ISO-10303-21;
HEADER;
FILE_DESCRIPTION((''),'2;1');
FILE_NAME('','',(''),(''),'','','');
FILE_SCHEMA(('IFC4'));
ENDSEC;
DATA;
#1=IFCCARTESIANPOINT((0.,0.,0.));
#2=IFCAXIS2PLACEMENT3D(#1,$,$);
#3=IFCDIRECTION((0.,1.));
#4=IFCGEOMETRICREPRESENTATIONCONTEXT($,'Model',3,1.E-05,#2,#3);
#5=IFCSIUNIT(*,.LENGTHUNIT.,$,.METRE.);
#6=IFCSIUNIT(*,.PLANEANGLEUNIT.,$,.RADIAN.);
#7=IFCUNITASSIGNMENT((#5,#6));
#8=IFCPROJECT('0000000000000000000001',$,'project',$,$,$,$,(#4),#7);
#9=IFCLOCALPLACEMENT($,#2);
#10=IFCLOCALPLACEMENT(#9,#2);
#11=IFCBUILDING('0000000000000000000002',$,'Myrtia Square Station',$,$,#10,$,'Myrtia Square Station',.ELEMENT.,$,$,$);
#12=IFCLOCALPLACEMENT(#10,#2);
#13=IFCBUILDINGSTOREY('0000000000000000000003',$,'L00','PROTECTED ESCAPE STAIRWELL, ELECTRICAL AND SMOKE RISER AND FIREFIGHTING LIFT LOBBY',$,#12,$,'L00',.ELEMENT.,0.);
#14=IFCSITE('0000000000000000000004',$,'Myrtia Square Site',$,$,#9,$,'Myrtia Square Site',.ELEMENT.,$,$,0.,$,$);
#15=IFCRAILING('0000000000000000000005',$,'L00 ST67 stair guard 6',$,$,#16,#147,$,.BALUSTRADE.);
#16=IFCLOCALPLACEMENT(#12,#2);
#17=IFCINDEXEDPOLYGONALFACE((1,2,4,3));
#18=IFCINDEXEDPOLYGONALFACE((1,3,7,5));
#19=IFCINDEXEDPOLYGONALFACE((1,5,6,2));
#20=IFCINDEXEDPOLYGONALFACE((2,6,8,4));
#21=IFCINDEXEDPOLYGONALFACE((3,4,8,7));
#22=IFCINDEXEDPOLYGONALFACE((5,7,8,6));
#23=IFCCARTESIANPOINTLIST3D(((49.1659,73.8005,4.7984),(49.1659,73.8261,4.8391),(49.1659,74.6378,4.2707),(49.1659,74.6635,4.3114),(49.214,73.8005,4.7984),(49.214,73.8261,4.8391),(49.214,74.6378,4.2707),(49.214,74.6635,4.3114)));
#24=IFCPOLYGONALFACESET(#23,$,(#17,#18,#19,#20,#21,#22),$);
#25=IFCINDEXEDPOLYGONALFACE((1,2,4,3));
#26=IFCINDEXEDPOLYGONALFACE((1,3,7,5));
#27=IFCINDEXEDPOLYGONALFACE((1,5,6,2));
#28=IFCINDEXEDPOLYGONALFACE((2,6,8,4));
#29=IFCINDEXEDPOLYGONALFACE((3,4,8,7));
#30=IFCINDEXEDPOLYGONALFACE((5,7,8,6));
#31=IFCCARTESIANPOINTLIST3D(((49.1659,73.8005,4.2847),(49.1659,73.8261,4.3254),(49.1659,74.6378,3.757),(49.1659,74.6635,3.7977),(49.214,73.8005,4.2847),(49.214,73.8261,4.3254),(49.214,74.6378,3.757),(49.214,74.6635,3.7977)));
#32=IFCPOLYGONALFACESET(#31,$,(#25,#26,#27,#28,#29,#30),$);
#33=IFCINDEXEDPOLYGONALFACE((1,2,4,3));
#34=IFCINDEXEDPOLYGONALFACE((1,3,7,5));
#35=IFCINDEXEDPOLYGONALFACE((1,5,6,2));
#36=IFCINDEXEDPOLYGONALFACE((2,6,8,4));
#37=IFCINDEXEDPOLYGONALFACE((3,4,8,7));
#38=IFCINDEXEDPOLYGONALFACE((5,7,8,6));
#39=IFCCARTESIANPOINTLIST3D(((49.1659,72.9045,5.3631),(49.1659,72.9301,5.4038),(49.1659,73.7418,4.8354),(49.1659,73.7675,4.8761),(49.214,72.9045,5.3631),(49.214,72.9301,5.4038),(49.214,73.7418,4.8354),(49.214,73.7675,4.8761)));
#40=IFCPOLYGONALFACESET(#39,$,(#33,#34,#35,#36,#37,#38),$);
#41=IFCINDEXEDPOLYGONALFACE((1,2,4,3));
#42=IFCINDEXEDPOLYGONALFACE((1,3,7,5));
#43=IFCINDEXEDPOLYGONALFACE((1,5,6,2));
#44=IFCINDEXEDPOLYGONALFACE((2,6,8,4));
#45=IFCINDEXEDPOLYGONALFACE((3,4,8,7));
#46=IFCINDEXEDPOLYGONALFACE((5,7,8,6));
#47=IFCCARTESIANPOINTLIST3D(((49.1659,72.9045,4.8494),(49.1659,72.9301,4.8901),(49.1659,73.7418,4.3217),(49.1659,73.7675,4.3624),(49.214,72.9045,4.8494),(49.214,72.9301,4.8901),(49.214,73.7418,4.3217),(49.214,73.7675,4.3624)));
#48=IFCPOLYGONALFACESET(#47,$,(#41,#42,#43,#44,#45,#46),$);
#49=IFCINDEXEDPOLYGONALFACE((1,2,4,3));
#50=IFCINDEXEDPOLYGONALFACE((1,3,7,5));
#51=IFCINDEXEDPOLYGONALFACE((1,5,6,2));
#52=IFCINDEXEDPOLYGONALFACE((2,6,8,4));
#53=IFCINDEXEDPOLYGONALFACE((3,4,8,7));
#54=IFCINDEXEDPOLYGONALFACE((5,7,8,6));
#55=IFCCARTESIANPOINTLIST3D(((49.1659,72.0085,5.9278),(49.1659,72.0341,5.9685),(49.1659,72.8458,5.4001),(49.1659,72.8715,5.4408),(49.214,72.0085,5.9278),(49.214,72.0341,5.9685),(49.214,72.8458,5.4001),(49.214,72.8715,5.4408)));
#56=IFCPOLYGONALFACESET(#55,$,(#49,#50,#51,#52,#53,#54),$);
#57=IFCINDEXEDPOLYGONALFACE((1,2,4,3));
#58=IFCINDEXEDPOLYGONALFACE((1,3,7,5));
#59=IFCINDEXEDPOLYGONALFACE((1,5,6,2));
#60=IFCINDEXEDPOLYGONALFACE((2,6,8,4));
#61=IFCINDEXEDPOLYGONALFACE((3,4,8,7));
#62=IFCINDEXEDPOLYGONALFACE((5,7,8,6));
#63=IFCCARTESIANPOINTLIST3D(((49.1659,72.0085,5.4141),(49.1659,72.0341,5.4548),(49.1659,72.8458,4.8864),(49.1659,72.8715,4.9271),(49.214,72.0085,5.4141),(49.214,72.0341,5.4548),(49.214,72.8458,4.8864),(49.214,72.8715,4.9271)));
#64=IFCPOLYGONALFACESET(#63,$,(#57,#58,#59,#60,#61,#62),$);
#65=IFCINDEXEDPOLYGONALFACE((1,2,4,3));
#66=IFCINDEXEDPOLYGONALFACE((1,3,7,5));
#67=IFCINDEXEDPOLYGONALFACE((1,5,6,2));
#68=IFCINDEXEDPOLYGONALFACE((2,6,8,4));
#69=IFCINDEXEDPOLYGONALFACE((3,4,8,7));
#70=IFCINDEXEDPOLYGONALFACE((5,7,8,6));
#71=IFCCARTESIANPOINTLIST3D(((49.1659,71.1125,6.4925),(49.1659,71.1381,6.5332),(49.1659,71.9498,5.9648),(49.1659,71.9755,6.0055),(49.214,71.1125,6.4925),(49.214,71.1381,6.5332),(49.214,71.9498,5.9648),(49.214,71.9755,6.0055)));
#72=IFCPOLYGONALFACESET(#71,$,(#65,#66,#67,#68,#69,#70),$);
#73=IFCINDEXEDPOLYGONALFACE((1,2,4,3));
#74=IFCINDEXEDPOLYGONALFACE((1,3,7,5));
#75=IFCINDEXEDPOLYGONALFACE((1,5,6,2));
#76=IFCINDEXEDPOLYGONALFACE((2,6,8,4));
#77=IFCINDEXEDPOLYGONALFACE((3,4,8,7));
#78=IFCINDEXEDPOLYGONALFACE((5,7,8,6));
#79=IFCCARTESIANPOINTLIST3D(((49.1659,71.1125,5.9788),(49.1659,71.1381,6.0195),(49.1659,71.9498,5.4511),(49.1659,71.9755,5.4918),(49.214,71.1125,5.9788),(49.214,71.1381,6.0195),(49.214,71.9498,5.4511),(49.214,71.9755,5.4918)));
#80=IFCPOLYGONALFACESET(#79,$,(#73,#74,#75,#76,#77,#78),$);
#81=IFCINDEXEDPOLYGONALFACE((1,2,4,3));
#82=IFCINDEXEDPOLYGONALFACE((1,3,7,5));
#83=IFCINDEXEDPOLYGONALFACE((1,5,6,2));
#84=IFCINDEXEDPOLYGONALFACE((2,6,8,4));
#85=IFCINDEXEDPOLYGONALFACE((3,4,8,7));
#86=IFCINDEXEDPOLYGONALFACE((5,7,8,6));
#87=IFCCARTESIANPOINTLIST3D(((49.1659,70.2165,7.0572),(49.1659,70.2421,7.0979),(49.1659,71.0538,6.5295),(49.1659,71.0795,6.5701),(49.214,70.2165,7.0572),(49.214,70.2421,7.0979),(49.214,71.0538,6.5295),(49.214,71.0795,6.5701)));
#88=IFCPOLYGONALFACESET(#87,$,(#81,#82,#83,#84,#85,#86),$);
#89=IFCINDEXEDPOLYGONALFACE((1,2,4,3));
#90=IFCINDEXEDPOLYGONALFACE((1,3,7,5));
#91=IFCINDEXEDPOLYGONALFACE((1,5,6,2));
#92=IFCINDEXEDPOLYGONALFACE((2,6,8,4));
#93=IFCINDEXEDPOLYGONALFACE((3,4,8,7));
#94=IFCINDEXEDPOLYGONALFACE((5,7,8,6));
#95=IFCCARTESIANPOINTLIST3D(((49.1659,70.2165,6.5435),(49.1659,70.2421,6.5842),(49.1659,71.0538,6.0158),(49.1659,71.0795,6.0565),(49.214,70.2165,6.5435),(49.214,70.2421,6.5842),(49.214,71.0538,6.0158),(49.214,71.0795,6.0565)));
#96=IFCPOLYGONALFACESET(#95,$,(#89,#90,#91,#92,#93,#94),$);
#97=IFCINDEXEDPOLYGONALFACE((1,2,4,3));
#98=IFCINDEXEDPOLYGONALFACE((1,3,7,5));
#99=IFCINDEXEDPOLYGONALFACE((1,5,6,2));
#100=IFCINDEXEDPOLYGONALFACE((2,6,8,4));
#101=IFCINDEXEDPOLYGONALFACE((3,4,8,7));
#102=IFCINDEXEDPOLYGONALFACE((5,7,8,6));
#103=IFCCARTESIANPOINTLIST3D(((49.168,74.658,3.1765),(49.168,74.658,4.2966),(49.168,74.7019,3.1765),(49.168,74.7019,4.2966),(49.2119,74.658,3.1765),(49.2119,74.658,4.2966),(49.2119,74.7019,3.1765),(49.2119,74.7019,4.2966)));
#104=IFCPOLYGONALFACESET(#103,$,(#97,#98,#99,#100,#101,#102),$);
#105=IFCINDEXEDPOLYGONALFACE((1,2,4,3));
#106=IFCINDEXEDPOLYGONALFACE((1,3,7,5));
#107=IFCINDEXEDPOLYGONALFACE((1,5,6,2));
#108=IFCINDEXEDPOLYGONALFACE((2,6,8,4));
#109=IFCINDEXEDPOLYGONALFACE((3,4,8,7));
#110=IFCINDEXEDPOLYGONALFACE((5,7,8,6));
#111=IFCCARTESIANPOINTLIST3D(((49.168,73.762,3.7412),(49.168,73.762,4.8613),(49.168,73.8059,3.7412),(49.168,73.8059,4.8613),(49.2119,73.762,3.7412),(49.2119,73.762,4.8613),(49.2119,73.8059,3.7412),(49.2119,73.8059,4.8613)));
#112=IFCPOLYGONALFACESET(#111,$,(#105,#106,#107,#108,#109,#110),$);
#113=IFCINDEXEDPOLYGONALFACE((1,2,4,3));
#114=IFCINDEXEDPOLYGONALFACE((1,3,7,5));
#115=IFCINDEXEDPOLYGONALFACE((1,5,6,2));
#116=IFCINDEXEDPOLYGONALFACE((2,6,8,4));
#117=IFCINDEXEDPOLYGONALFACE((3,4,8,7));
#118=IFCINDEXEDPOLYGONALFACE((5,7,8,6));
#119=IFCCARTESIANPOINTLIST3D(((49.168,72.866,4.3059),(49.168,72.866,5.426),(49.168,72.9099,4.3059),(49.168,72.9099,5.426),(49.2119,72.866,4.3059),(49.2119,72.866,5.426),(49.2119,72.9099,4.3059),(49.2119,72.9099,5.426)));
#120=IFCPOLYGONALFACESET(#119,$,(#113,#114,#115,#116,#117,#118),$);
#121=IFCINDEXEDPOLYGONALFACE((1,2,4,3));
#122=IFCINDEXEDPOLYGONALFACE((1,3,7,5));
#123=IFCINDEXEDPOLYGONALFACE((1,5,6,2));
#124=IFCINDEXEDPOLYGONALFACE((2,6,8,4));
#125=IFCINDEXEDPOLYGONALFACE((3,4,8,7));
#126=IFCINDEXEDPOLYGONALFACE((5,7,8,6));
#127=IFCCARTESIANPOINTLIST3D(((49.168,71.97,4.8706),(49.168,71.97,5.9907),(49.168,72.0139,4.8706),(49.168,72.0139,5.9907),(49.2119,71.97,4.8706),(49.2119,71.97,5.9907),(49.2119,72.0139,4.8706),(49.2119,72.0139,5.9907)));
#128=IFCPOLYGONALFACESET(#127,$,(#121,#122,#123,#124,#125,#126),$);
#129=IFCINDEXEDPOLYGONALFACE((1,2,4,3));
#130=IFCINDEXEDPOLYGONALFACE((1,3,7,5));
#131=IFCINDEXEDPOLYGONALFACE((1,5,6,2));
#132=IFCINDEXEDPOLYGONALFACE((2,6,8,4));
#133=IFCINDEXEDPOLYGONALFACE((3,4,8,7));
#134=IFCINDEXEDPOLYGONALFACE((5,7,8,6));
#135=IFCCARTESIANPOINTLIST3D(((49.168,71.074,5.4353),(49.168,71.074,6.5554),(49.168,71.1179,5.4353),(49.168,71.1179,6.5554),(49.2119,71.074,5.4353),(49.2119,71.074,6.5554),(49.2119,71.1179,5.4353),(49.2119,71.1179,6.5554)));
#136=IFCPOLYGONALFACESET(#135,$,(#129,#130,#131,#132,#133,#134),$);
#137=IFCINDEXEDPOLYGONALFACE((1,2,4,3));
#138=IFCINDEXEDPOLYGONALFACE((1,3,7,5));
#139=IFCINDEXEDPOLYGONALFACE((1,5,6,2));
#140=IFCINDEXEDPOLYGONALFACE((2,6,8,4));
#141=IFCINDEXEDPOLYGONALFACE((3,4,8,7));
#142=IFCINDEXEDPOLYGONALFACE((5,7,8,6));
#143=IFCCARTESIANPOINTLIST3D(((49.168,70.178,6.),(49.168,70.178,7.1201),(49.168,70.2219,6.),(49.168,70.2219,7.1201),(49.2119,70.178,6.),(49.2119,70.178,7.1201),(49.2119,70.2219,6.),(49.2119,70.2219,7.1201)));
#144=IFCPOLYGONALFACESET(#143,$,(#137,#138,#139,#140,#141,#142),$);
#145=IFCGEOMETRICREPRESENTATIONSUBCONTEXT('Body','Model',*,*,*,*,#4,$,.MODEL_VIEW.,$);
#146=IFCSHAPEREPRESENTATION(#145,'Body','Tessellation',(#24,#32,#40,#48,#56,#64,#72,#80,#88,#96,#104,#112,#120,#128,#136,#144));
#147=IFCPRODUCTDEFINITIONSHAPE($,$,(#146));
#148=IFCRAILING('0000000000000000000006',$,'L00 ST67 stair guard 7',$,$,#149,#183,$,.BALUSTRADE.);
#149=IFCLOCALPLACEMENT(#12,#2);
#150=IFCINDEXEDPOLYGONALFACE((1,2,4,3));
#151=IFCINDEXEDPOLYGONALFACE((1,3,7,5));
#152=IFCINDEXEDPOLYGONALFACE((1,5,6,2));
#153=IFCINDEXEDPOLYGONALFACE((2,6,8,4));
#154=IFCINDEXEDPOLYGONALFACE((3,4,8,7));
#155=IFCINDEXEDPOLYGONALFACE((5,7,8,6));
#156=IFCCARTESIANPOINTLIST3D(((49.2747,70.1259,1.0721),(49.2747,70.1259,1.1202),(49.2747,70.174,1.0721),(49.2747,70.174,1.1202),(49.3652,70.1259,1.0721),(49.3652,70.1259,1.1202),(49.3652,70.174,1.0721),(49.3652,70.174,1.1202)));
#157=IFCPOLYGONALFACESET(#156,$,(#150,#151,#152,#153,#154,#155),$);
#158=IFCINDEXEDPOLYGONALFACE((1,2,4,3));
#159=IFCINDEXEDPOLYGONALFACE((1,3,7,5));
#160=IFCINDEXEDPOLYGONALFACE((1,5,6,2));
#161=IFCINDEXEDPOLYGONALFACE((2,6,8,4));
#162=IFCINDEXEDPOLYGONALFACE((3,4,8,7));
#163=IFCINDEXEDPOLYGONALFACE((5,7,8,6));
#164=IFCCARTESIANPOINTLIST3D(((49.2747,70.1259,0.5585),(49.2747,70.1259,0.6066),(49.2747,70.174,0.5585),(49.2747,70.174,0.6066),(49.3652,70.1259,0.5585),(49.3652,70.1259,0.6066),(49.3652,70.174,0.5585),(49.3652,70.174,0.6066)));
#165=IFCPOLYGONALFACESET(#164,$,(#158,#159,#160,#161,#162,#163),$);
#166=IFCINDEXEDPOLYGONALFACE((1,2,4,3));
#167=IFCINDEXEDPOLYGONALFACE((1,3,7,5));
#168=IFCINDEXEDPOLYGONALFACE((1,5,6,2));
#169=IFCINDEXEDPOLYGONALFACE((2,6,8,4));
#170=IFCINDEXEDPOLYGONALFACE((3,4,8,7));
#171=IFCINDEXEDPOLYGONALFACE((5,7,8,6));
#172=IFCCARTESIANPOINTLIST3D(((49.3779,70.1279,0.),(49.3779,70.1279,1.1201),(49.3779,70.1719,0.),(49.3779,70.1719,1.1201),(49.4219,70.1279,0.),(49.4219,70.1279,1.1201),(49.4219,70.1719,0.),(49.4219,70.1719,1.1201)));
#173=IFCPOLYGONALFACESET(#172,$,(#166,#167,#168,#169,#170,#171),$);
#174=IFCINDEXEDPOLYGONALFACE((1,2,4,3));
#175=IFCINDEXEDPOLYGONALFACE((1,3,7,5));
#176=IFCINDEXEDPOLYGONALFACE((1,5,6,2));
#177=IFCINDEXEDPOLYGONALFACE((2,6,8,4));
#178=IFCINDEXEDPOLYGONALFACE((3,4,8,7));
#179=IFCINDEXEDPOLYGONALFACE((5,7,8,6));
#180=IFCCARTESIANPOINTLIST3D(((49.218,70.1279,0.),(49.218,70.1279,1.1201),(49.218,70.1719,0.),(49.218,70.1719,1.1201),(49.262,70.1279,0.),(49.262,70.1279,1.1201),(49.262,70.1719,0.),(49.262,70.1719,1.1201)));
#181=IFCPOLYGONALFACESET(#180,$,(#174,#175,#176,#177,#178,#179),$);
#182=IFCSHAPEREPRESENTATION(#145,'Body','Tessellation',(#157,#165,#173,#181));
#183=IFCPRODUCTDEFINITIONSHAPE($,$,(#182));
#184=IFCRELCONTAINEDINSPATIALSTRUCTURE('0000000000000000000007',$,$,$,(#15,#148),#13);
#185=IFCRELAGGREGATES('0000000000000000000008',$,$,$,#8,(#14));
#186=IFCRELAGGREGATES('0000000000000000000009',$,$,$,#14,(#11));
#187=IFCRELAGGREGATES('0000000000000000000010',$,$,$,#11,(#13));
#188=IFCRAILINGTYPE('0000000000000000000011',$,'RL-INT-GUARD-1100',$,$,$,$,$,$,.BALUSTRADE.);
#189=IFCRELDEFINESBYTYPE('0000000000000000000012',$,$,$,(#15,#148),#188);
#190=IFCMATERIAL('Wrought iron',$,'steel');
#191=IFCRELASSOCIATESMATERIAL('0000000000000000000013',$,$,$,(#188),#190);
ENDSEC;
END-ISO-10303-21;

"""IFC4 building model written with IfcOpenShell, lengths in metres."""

from ifc_helpers import new_model, si_unit, direction, frame, origin, origin_2d, place, context, subcontext, project, spatial, rectangle, extrude, material, type_object, element, save


model = new_model("IFC4")

# Units and contexts
model_context = context("Model", 3, precision=1e-05, world=origin(), true_north=direction((0.0, 1.0)))
body_context = subcontext(model_context, "Body", "Model", "MODEL_VIEW")
ifc_project = project(units=[si_unit("LENGTHUNIT", "METRE"), si_unit("PLANEANGLEUNIT", "RADIAN")], contexts=[model_context])

# Site, building, storey
site_placement = place(None, origin())
site = spatial("IfcSite", under=ifc_project, at=site_placement, Name="Myrtia Square Site", LongName="Myrtia Square Site", CompositionType="ELEMENT", RefElevation=0.0)
building_placement = place(site_placement, origin())
building = spatial("IfcBuilding", under=site, at=building_placement, Name="Myrtia Square Station", LongName="Myrtia Square Station", CompositionType="ELEMENT")
storey_placement = place(building_placement, origin())
storey = spatial("IfcBuildingStorey", under=building, at=storey_placement, Name="L00", Description="PROTECTED ESCAPE STAIRWELL, ELECTRICAL AND SMOKE RISER AND FIREFIGHTING LIFT LOBBY", LongName="L00", CompositionType="ELEMENT", Elevation=0.0)

# Railings
ifc_material_1 = material(Name="Wrought iron", Category="steel")
railing_type_1 = type_object("IfcRailingType", Name="RL-INT-GUARD-1100", PredefinedType="BALUSTRADE", material=ifc_material_1)
railing_1_placement = place(storey_placement, frame((49.1899, 74.6799, 3.1765)))
element("IfcRailing", 1, at=railing_1_placement, inside=storey, type_object=railing_type_1, Name="L00 ST67 stair guard 6", PredefinedType="BALUSTRADE", context=body_context, shape_type="SweptSolid", body=[
    extrude(rectangle(XDim=0.0481, YDim=0.0481, at=origin_2d()), frame((0.0, -0.0293, 1.1145), z_axis=(0.0, -0.845998, 0.533186), x_axis=(1.0, 0.0, 0.0)), (0.0, 0.0, 1.0), 0.9897),
    extrude(rectangle(XDim=0.0481, YDim=0.0481, at=origin_2d()), frame((0.0, -0.0293, 0.6008), z_axis=(0.0, -0.845998, 0.533186), x_axis=(1.0, 0.0, 0.0)), (0.0, 0.0, 1.0), 0.9897),
    extrude(rectangle(XDim=0.0481, YDim=0.0481, at=origin_2d()), frame((0.0, -0.9253, 1.6792), z_axis=(0.0, -0.845998, 0.533186), x_axis=(1.0, 0.0, 0.0)), (0.0, 0.0, 1.0), 0.9897),
    extrude(rectangle(XDim=0.0481, YDim=0.0481, at=origin_2d()), frame((0.0, -0.9253, 1.1655), z_axis=(0.0, -0.845998, 0.533186), x_axis=(1.0, 0.0, 0.0)), (0.0, 0.0, 1.0), 0.9897),
    extrude(rectangle(XDim=0.0481, YDim=0.0481, at=origin_2d()), frame((0.0, -1.8213, 2.2439), z_axis=(0.0, -0.845998, 0.533186), x_axis=(1.0, 0.0, 0.0)), (0.0, 0.0, 1.0), 0.9897),
    extrude(rectangle(XDim=0.0481, YDim=0.0481, at=origin_2d()), frame((0.0, -1.8213, 1.7302), z_axis=(0.0, -0.845998, 0.533186), x_axis=(1.0, 0.0, 0.0)), (0.0, 0.0, 1.0), 0.9897),
    extrude(rectangle(XDim=0.0481, YDim=0.0481, at=origin_2d()), frame((0.0, -2.7173, 2.8086), z_axis=(0.0, -0.845998, 0.533186), x_axis=(1.0, 0.0, 0.0)), (0.0, 0.0, 1.0), 0.9897),
    extrude(rectangle(XDim=0.0481, YDim=0.0481, at=origin_2d()), frame((0.0, -2.7173, 2.2949), z_axis=(0.0, -0.845998, 0.533186), x_axis=(1.0, 0.0, 0.0)), (0.0, 0.0, 1.0), 0.9897),
    extrude(rectangle(XDim=0.0481, YDim=0.0481, at=origin_2d()), frame((0.0, -3.6133, 3.3733), z_axis=(0.0, -0.845998, 0.533186), x_axis=(1.0, 0.0, 0.0)), (0.0, 0.0, 1.0), 0.9897),
    extrude(rectangle(XDim=0.0481, YDim=0.0481, at=origin_2d()), frame((0.0, -3.6133, 2.8596), z_axis=(0.0, -0.845998, 0.533186), x_axis=(1.0, 0.0, 0.0)), (0.0, 0.0, 1.0), 0.9897),
    extrude(rectangle(XDim=0.0439, YDim=0.0439, at=origin_2d()), origin(), (0.0, 0.0, 1.0), 1.1201),
    extrude(rectangle(XDim=0.0439, YDim=0.0439, at=origin_2d()), frame((0.0, -0.896, 0.5647)), (0.0, 0.0, 1.0), 1.1201),
    extrude(rectangle(XDim=0.0439, YDim=0.0439, at=origin_2d()), frame((0.0, -1.792, 1.1294)), (0.0, 0.0, 1.0), 1.1201),
    extrude(rectangle(XDim=0.0439, YDim=0.0439, at=origin_2d()), frame((0.0, -2.688, 1.6941)), (0.0, 0.0, 1.0), 1.1201),
    extrude(rectangle(XDim=0.0439, YDim=0.0439, at=origin_2d()), frame((0.0, -3.584, 2.2588)), (0.0, 0.0, 1.0), 1.1201),
    extrude(rectangle(XDim=0.0439, YDim=0.0439, at=origin_2d()), frame((0.0, -4.48, 2.8235)), (0.0, 0.0, 1.0), 1.1201),
])
railing_2_placement = place(storey_placement, frame((49.3999, 70.1499, 0.0)))
element("IfcRailing", 2, at=railing_2_placement, inside=storey, type_object=railing_type_1, Name="L00 ST67 stair guard 7", PredefinedType="BALUSTRADE", context=body_context, shape_type="SweptSolid", body=[
    extrude(rectangle(XDim=0.0481, YDim=0.0481, at=origin_2d()), frame((-0.0347, 0.0, 1.0962), z_axis=(-1.0, 0.0, 0.0), x_axis=(0.0, -1.0, 0.0)), (0.0, 0.0, 1.0), 0.0906),
    extrude(rectangle(XDim=0.0481, YDim=0.0481, at=origin_2d()), frame((-0.0347, 0.0, 0.5825), z_axis=(-1.0, 0.0, 0.0), x_axis=(0.0, -1.0, 0.0)), (0.0, 0.0, 1.0), 0.0906),
    extrude(rectangle(XDim=0.0439, YDim=0.0439, at=origin_2d()), origin(), (0.0, 0.0, 1.0), 1.1201),
    extrude(rectangle(XDim=0.0439, YDim=0.0439, at=origin_2d()), frame((-0.1599, 0.0, 0.0)), (0.0, 0.0, 1.0), 1.1201),
])

save(model, "model.ifc")
